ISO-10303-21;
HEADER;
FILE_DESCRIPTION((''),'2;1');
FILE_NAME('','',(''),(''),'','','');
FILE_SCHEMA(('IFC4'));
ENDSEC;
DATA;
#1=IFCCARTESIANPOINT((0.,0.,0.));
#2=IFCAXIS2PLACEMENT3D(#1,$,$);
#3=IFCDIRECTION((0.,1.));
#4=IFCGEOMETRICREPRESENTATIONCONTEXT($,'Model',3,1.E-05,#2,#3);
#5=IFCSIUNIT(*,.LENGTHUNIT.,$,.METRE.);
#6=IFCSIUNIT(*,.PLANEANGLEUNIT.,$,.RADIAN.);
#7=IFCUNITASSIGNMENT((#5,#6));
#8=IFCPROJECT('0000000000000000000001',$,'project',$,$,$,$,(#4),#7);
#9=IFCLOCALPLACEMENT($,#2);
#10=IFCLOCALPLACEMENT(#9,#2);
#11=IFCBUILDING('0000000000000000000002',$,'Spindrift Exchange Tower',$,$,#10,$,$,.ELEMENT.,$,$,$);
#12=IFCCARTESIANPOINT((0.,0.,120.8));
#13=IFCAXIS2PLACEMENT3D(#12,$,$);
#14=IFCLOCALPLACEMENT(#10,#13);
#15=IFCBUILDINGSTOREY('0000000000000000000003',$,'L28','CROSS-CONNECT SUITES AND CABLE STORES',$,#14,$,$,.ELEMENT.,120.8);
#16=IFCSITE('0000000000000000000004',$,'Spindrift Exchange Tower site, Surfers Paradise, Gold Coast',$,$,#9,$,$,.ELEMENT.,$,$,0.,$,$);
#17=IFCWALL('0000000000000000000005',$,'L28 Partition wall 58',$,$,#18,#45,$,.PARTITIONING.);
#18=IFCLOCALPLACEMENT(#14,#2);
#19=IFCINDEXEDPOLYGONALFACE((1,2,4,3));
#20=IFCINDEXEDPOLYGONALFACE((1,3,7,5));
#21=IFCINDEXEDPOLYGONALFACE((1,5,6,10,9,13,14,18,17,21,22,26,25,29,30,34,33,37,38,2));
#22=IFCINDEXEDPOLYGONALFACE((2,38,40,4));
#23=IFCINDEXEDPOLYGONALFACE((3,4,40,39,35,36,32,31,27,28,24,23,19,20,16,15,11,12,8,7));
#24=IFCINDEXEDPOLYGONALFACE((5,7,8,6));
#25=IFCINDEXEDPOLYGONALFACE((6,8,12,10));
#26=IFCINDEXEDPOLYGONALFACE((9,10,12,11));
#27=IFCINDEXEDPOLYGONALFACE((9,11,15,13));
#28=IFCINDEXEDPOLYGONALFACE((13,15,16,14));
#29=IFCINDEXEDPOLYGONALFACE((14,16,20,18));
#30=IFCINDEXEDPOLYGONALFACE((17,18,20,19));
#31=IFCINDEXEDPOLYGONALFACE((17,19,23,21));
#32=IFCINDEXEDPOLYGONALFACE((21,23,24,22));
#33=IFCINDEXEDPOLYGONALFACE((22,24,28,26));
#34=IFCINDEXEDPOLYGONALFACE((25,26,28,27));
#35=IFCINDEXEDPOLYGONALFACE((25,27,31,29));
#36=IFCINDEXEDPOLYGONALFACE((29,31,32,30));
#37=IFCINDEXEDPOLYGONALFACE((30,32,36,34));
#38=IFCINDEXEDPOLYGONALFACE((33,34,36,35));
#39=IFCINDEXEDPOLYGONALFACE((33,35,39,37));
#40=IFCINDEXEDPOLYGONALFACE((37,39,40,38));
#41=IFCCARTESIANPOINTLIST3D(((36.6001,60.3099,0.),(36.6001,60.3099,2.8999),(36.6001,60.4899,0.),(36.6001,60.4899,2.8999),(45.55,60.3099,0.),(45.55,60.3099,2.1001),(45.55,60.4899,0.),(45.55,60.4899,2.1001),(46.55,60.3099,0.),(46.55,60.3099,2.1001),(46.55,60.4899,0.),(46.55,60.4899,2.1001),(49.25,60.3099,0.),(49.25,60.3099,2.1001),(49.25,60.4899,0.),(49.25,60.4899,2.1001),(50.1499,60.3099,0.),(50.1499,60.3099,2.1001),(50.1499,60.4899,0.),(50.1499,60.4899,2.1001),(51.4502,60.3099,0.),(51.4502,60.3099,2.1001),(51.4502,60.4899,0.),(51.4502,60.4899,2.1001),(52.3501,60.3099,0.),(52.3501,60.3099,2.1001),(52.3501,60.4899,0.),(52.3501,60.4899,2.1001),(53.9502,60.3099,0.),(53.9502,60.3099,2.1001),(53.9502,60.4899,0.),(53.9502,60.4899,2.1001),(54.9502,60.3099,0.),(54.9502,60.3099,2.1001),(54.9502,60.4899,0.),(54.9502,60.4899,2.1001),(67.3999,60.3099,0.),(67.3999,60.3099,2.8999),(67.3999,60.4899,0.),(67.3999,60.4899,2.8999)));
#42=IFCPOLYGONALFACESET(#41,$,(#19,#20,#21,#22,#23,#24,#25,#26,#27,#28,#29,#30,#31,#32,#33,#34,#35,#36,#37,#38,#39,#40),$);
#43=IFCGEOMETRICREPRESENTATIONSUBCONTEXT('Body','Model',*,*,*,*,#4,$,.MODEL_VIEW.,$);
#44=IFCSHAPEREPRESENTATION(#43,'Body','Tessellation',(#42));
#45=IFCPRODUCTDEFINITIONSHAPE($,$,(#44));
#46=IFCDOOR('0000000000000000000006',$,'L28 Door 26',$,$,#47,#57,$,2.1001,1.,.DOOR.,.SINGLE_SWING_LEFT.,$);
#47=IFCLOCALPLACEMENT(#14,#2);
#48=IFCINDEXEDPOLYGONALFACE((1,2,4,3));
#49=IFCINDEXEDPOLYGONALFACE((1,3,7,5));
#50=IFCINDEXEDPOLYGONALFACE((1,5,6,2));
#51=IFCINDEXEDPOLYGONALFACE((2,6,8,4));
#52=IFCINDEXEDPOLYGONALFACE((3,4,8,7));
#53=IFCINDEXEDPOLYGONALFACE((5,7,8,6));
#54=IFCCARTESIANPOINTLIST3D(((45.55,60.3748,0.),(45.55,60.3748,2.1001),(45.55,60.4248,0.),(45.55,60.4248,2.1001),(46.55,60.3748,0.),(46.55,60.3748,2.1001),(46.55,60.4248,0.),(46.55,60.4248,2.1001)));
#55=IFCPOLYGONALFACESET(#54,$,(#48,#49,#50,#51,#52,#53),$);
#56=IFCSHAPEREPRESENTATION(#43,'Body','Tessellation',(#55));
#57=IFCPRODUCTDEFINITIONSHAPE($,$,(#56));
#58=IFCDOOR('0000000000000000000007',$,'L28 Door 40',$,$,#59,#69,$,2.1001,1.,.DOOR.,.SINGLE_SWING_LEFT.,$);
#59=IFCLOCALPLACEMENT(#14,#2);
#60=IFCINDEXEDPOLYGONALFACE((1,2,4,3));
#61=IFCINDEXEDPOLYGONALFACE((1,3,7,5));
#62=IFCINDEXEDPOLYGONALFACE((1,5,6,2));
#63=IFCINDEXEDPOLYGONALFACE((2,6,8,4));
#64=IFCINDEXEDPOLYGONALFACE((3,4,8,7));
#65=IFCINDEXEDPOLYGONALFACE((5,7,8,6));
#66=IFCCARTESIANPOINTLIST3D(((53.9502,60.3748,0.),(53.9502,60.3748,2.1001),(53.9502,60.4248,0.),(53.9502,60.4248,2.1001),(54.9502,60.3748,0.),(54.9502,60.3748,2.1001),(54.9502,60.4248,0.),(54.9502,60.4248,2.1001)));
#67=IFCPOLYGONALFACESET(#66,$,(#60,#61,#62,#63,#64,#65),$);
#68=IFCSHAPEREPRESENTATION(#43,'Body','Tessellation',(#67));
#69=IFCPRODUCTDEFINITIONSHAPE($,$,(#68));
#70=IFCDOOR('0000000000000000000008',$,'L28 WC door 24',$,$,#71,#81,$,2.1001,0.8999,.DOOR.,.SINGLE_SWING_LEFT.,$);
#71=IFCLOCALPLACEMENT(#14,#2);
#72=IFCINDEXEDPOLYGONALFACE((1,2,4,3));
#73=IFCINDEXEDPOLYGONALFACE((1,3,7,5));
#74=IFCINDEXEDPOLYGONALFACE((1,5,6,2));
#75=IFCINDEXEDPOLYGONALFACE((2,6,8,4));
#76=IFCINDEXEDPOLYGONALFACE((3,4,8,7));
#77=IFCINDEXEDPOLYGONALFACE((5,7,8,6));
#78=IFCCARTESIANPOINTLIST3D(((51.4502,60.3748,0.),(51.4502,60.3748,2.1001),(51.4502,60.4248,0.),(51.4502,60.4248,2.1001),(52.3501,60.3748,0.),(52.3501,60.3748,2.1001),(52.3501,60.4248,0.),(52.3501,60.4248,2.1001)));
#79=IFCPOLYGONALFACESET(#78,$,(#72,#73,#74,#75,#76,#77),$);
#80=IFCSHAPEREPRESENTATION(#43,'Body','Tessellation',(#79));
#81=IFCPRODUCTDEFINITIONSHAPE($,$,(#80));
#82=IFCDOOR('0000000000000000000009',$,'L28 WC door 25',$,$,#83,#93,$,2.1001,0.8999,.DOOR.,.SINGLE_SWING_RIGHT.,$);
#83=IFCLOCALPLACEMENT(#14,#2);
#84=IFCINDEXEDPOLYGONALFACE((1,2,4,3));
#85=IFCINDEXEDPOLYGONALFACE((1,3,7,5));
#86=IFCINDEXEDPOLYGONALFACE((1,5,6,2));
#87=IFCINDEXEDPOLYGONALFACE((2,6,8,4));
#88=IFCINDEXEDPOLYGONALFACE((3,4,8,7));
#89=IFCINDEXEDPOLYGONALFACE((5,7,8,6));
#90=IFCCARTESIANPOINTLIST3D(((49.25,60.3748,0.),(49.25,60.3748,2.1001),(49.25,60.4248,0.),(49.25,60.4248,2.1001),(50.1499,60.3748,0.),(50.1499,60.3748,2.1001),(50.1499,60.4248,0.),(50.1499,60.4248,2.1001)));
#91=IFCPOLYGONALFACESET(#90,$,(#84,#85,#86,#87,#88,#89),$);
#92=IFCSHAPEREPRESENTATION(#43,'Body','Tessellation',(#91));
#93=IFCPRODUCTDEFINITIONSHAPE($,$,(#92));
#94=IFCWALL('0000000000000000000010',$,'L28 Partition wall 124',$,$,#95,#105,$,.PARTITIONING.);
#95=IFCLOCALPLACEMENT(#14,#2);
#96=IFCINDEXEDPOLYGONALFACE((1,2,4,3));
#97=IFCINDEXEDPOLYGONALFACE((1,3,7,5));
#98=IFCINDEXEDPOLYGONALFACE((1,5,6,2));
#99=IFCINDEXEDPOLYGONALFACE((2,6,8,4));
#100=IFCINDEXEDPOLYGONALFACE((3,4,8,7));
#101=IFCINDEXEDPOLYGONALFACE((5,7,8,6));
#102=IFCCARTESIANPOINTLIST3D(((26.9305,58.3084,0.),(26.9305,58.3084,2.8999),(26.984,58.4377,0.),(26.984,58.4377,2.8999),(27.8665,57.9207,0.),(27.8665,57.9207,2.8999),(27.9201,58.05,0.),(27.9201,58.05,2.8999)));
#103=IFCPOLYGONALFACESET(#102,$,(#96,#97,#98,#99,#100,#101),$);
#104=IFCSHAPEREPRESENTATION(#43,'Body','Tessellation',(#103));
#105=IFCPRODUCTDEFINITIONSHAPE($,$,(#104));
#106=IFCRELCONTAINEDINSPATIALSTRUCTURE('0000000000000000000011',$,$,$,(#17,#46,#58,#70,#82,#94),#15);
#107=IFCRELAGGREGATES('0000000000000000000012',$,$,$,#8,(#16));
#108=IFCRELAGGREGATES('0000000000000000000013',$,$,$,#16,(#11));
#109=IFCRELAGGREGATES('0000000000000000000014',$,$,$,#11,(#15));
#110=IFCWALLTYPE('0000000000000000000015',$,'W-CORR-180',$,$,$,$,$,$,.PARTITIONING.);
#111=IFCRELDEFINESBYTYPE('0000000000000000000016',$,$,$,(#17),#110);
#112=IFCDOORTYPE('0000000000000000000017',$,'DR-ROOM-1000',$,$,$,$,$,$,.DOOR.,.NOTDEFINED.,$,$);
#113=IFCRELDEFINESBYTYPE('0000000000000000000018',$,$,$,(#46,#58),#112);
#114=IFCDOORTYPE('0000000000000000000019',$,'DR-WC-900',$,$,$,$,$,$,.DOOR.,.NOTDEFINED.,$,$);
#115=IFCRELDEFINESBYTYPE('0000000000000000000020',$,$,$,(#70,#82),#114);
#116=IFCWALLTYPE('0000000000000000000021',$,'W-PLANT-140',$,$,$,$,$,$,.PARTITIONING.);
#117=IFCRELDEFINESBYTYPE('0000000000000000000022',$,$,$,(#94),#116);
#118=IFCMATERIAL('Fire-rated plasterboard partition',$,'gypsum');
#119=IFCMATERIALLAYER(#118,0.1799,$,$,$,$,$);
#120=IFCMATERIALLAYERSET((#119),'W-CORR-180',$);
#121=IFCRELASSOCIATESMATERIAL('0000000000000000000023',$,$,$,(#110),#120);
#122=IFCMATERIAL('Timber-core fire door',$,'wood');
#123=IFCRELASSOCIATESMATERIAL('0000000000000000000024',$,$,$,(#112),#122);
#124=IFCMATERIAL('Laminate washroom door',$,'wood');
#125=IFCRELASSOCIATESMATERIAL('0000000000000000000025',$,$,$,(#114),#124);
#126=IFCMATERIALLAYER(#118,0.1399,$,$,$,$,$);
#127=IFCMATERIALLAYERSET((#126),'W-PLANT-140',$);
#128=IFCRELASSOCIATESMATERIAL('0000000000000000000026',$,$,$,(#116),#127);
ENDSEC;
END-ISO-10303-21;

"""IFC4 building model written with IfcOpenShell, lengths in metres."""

from ifc_helpers import new_model, si_unit, direction, frame, frame_2d, origin, place, context, subcontext, project, spatial, rectangle, extrude, source, transform, mapped, material, layer, layer_set, type_object, element, fill, save


model = new_model("IFC4")

# Units and contexts
model_context = context("Model", 3, precision=1e-05, world=origin(), true_north=direction((0.0, 1.0)))
body_context = subcontext(model_context, "Body", "Model", "MODEL_VIEW")
ifc_project = project(units=[si_unit("LENGTHUNIT", "METRE"), si_unit("PLANEANGLEUNIT", "RADIAN")], contexts=[model_context])

# Site, building, storey
site_placement = place(None, origin())
site = spatial("IfcSite", under=ifc_project, at=site_placement, Name="Spindrift Exchange Tower site, Surfers Paradise, Gold Coast", CompositionType="ELEMENT", RefElevation=0.0)
building_placement = place(site_placement, origin())
building = spatial("IfcBuilding", under=site, at=building_placement, Name="Spindrift Exchange Tower", CompositionType="ELEMENT")
storey_placement = place(building_placement, frame((0.0, 0.0, 120.8)))
storey = spatial("IfcBuildingStorey", under=building, at=storey_placement, Name="L28", Description="CROSS-CONNECT SUITES AND CABLE STORES", CompositionType="ELEMENT", Elevation=120.8)

# Shared definitions
ifc_material_1 = material(Name="Timber-core fire door", Category="wood")

# Wall, openings, doors
ifc_material_2 = material(Name="Fire-rated plasterboard partition", Category="gypsum")
ifc_layer_1 = layer(ifc_material_2, 0.1799)
ifc_layer_set_1 = layer_set([ifc_layer_1], Name="W-CORR-180")
wall_type_1 = type_object("IfcWallType", Name="W-CORR-180", PredefinedType="PARTITIONING", material=ifc_layer_set_1)
wall_1_placement = place(storey_placement, frame((36.6001, 60.3999, 0.0), z_axis=(0.0, 0.0, 1.0), x_axis=(1.0, 0.0, 0.0)))
wall_1 = element("IfcWall", 1, at=wall_1_placement, inside=storey, type_object=wall_type_1, Name="L28 Partition wall 58", PredefinedType="PARTITIONING", context=body_context, shape_type="SweptSolid", body=[
    extrude(rectangle(XDim=30.7998, YDim=0.1799, at=frame_2d((15.3999, 0.0))), origin(), (0.0, 0.0, 1.0), 2.8999),
])
opening_1_placement = place(wall_1_placement, frame((14.8501, 0.0, 0.0)))
opening_1 = element("IfcOpeningElement", 2, at=opening_1_placement, cuts=wall_1, PredefinedType="OPENING", context=body_context, shape_type="SweptSolid", body=[
    extrude(rectangle(XDim=0.8999, YDim=2.1001, at=frame_2d((0.45, 1.05))), frame((0.0, 0.0999, 0.0), z_axis=(0.0, -1.0, 0.0), x_axis=(1.0, 0.0, 0.0)), (0.0, 0.0, 1.0), 0.2),
])
opening_2_placement = place(wall_1_placement, frame((12.6499, 0.0, 0.0)))
opening_2 = element("IfcOpeningElement", 3, at=opening_2_placement, cuts=wall_1, PredefinedType="OPENING", context=body_context, shape_type="SweptSolid", body=[
    extrude(rectangle(XDim=0.8999, YDim=2.1001, at=frame_2d((0.45, 1.05))), frame((0.0, 0.0999, 0.0), z_axis=(0.0, -1.0, 0.0), x_axis=(1.0, 0.0, 0.0)), (0.0, 0.0, 1.0), 0.2),
])
opening_3_placement = place(wall_1_placement, frame((8.95, 0.0, 0.0)))
opening_3 = element("IfcOpeningElement", 4, at=opening_3_placement, cuts=wall_1, PredefinedType="OPENING", context=body_context, shape_type="SweptSolid", body=[
    extrude(rectangle(XDim=1.0, YDim=2.1001, at=frame_2d((0.5, 1.05))), frame((0.0, 0.0999, 0.0), z_axis=(0.0, -1.0, 0.0), x_axis=(1.0, 0.0, 0.0)), (0.0, 0.0, 1.0), 0.2),
])
opening_4_placement = place(wall_1_placement, frame((17.3501, 0.0, 0.0)))
opening_4 = element("IfcOpeningElement", 5, at=opening_4_placement, cuts=wall_1, PredefinedType="OPENING", context=body_context, shape_type="SweptSolid", body=[
    extrude(rectangle(XDim=1.0, YDim=2.1001, at=frame_2d((0.5, 1.05))), frame((0.0, 0.0999, 0.0), z_axis=(0.0, -1.0, 0.0), x_axis=(1.0, 0.0, 0.0)), (0.0, 0.0, 1.0), 0.2),
])
door_type_1 = type_object("IfcDoorType", Name="DR-ROOM-1000", OperationType="NOTDEFINED", PredefinedType="DOOR", material=ifc_material_1)
shared_shape_1 = source(origin(), body_context, "Body", "SweptSolid", [
    extrude(rectangle(XDim=1.0, YDim=2.1001, at=frame_2d((0.5, 1.05))), frame((0.0, 0.0249, 0.0), z_axis=(0.0, -1.0, 0.0), x_axis=(1.0, 0.0, 0.0)), (0.0, 0.0, 1.0), 0.05),
])
door_1_placement = place(opening_3_placement, origin())
door_1 = element("IfcDoor", 6, at=door_1_placement, inside=storey, type_object=door_type_1, Name="L28 Door 26", OperationType="SINGLE_SWING_LEFT", OverallHeight=2.1001, OverallWidth=1.0, PredefinedType="DOOR", context=body_context, shape_type="MappedRepresentation", body=[
    mapped(shared_shape_1, transform((0.0, 0.0, 0.0), scale=1.0)),
])
fill(opening_3, door_1)
door_2_placement = place(opening_4_placement, origin())
door_2 = element("IfcDoor", 7, at=door_2_placement, inside=storey, type_object=door_type_1, Name="L28 Door 40", OperationType="SINGLE_SWING_LEFT", OverallHeight=2.1001, OverallWidth=1.0, PredefinedType="DOOR", context=body_context, shape_type="MappedRepresentation", body=[
    mapped(shared_shape_1, transform((0.0, 0.0, 0.0), scale=1.0)),
])
fill(opening_4, door_2)
ifc_material_3 = material(Name="Laminate washroom door", Category="wood")
door_type_2 = type_object("IfcDoorType", Name="DR-WC-900", OperationType="NOTDEFINED", PredefinedType="DOOR", material=ifc_material_3)
shared_shape_2 = source(origin(), body_context, "Body", "SweptSolid", [
    extrude(rectangle(XDim=0.8999, YDim=2.1001, at=frame_2d((0.45, 1.05))), frame((0.0, 0.0249, 0.0), z_axis=(0.0, -1.0, 0.0), x_axis=(1.0, 0.0, 0.0)), (0.0, 0.0, 1.0), 0.05),
])
door_3_placement = place(opening_1_placement, origin())
door_3 = element("IfcDoor", 8, at=door_3_placement, inside=storey, type_object=door_type_2, Name="L28 WC door 24", OperationType="SINGLE_SWING_LEFT", OverallHeight=2.1001, OverallWidth=0.8999, PredefinedType="DOOR", context=body_context, shape_type="MappedRepresentation", body=[
    mapped(shared_shape_2, transform((0.0, 0.0, 0.0), scale=1.0)),
])
fill(opening_1, door_3)
door_4_placement = place(opening_2_placement, origin())
door_4 = element("IfcDoor", 9, at=door_4_placement, inside=storey, type_object=door_type_2, Name="L28 WC door 25", OperationType="SINGLE_SWING_RIGHT", OverallHeight=2.1001, OverallWidth=0.8999, PredefinedType="DOOR", context=body_context, shape_type="MappedRepresentation", body=[
    mapped(shared_shape_2, transform((0.0, 0.0, 0.0), scale=1.0)),
])
fill(opening_2, door_4)

# Wall
ifc_layer_2 = layer(ifc_material_2, 0.1399)
ifc_layer_set_2 = layer_set([ifc_layer_2], Name="W-PLANT-140")
wall_type_2 = type_object("IfcWallType", Name="W-PLANT-140", PredefinedType="PARTITIONING", material=ifc_layer_set_2)
wall_2_placement = place(storey_placement, frame((27.8933, 57.9854, 0.0), z_axis=(0.0, 0.0, 1.0), x_axis=(-0.923888, 0.382664, 0.0)))
element("IfcWall", 10, at=wall_2_placement, inside=storey, type_object=wall_type_2, Name="L28 Partition wall 124", PredefinedType="PARTITIONING", context=body_context, shape_type="SweptSolid", body=[
    extrude(rectangle(XDim=1.0132, YDim=0.1399, at=frame_2d((0.5066, 0.0))), origin(), (0.0, 0.0, 1.0), 2.8999),
])

save(model, "model.ifc")
